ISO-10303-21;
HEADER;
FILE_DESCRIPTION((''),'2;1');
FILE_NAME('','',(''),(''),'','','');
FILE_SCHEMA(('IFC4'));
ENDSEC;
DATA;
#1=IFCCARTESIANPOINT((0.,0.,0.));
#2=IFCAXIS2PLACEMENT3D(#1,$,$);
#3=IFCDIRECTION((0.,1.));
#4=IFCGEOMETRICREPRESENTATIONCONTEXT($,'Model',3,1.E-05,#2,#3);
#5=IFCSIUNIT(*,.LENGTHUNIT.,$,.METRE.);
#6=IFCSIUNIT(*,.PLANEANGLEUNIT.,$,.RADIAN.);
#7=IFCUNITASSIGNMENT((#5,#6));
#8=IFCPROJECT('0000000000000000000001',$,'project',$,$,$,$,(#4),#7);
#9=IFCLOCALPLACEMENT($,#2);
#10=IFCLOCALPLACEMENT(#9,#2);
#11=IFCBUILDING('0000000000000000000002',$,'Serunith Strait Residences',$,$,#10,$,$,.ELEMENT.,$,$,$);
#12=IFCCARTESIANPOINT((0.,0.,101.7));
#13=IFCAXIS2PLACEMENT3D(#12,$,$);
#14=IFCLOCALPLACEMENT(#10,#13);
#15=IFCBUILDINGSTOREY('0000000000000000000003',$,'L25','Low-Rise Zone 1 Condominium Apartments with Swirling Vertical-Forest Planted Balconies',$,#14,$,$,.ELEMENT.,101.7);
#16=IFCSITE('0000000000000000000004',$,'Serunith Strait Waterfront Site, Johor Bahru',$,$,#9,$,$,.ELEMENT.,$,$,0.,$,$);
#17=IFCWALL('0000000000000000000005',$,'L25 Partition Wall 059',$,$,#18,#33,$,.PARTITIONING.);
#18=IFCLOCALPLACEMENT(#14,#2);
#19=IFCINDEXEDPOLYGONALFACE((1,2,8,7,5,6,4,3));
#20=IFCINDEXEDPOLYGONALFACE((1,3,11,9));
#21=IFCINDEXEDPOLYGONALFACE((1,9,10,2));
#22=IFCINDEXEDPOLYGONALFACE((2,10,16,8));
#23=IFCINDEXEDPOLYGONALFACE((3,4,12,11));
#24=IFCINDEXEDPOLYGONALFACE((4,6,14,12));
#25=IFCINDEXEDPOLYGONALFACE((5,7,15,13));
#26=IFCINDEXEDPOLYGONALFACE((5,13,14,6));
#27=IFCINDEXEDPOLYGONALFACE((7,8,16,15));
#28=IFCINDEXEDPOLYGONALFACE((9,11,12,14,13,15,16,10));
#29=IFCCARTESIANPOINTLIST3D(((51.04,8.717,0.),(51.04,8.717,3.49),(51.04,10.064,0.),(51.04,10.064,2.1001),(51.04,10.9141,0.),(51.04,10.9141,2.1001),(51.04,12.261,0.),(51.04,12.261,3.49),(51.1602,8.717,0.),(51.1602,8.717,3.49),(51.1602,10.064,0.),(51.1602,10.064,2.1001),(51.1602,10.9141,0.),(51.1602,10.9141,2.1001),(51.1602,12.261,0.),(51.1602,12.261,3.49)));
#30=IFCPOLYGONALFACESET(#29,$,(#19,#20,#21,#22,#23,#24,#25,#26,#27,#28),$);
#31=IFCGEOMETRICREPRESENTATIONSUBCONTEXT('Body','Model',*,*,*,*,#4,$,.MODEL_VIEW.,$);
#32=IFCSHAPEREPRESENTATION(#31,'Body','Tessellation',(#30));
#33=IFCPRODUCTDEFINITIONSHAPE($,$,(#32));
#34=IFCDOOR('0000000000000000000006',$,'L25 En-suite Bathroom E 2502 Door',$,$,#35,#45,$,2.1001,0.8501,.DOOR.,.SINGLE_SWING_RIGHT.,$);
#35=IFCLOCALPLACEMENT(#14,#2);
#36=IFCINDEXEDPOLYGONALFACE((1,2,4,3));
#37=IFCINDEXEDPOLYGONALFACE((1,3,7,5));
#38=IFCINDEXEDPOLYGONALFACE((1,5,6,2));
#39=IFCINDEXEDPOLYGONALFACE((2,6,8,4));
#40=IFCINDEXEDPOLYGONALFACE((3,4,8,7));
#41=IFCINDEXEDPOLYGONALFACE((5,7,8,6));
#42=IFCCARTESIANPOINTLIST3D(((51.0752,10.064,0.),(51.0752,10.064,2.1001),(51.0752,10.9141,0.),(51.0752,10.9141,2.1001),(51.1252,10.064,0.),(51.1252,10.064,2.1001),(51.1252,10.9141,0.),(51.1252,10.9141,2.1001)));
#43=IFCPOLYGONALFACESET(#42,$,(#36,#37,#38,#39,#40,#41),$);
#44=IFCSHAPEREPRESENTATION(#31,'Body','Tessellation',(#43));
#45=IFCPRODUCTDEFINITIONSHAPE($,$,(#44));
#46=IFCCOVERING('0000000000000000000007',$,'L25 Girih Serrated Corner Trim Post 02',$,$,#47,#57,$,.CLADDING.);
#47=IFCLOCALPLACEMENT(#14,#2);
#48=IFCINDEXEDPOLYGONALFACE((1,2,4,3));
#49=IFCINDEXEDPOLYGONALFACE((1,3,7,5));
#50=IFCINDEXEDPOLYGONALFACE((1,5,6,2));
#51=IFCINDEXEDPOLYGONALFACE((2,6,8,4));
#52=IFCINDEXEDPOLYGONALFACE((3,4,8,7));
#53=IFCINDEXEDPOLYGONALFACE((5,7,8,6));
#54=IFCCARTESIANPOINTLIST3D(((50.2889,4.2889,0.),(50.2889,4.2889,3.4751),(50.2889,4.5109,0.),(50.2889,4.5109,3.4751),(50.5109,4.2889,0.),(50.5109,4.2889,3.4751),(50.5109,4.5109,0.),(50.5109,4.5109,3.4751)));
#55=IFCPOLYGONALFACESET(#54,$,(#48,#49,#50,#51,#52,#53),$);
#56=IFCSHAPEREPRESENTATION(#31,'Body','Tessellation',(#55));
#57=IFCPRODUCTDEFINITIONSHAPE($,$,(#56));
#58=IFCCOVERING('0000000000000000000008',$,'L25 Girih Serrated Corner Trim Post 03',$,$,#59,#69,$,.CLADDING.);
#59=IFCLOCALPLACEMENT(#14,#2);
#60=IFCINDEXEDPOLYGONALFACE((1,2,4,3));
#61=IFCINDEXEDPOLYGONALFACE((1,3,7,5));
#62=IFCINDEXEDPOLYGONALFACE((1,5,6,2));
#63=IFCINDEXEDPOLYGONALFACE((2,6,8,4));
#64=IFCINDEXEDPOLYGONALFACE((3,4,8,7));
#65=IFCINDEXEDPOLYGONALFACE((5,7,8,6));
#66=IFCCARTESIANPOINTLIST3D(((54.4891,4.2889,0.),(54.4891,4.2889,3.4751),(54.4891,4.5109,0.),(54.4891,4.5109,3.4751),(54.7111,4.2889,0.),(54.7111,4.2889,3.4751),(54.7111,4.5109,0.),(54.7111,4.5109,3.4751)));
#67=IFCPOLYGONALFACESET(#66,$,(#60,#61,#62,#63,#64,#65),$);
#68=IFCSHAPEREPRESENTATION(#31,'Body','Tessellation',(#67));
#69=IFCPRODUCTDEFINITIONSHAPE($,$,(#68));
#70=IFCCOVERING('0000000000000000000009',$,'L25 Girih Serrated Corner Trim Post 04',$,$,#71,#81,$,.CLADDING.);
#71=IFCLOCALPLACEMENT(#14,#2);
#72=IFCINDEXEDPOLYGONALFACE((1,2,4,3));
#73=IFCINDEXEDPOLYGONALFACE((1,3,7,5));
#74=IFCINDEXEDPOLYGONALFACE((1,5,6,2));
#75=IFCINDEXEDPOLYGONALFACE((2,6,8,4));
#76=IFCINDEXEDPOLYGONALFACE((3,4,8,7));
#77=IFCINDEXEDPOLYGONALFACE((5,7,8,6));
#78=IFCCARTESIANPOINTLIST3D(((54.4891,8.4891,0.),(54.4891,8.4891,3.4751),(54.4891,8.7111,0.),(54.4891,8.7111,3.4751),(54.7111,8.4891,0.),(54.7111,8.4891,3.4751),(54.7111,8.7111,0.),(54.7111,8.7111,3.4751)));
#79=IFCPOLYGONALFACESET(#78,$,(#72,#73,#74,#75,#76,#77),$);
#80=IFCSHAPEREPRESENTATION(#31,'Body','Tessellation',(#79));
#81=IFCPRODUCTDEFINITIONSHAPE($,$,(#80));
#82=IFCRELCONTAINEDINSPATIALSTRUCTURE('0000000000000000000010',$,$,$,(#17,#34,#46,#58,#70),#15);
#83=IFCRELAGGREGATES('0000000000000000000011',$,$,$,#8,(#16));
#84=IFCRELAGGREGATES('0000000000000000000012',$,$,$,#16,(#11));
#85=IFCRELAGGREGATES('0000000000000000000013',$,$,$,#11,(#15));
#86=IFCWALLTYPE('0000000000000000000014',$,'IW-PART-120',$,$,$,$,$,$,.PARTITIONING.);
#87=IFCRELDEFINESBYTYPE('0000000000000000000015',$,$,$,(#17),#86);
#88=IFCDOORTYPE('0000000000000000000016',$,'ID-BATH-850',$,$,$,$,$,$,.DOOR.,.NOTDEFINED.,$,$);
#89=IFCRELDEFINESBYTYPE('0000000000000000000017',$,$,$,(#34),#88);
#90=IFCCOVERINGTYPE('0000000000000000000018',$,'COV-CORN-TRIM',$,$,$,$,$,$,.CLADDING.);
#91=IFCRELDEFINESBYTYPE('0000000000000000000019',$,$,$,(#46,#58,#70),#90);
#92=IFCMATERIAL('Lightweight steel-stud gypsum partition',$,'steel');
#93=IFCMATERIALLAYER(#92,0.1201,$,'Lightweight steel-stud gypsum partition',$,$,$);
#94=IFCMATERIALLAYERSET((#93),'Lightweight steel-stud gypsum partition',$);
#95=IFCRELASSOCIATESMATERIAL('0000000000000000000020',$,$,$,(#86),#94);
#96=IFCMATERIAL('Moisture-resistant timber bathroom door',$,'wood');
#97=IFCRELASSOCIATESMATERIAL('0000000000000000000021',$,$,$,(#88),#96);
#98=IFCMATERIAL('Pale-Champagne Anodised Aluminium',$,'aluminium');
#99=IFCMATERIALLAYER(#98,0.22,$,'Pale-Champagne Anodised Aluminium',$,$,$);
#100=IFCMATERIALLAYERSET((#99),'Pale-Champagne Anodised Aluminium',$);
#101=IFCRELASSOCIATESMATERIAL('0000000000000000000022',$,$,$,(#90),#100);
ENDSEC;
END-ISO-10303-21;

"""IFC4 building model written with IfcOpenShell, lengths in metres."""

from ifc_helpers import new_model, si_unit, direction, frame, frame_2d, origin, origin_2d, place, context, subcontext, project, spatial, rectangle, extrude, source, transform, mapped, material, layer, layer_set, type_object, element, fill, save


model = new_model("IFC4")

# Units and contexts
model_context = context("Model", 3, precision=1e-05, world=origin(), true_north=direction((0.0, 1.0)))
body_context = subcontext(model_context, "Body", "Model", "MODEL_VIEW")
ifc_project = project(units=[si_unit("LENGTHUNIT", "METRE"), si_unit("PLANEANGLEUNIT", "RADIAN")], contexts=[model_context])

# Site, building, storey
site_placement = place(None, origin())
site = spatial("IfcSite", under=ifc_project, at=site_placement, Name="Serunith Strait Waterfront Site, Johor Bahru", CompositionType="ELEMENT", RefElevation=0.0)
building_placement = place(site_placement, origin())
building = spatial("IfcBuilding", under=site, at=building_placement, Name="Serunith Strait Residences", CompositionType="ELEMENT")
storey_placement = place(building_placement, frame((0.0, 0.0, 101.7)))
storey = spatial("IfcBuildingStorey", under=building, at=storey_placement, Name="L25", Description="Low-Rise Zone 1 Condominium Apartments with Swirling Vertical-Forest Planted Balconies", CompositionType="ELEMENT", Elevation=101.7)

# Shared definitions
ifc_material_1 = material(Name="Pale-Champagne Anodised Aluminium", Category="aluminium")

# Shared definitions
ifc_material_2 = material(Name="Lightweight steel-stud gypsum partition", Category="steel")
ifc_layer_1 = layer(ifc_material_2, 0.1201, Name="Lightweight steel-stud gypsum partition")
ifc_layer_set_1 = layer_set([ifc_layer_1], Name="Lightweight steel-stud gypsum partition")
wall_type_1 = type_object("IfcWallType", Name="IW-PART-120", PredefinedType="PARTITIONING", material=ifc_layer_set_1)

# Wall, opening, door
wall_1_placement = place(storey_placement, frame((51.1001, 8.717, 0.0), z_axis=(0.0, 0.0, 1.0), x_axis=(0.0, 1.0, 0.0)))
wall_1 = element("IfcWall", 1, at=wall_1_placement, inside=storey, type_object=wall_type_1, Name="L25 Partition Wall 059", PredefinedType="PARTITIONING", context=body_context, shape_type="SweptSolid", body=[
    extrude(rectangle(XDim=3.5439, YDim=0.1201, at=frame_2d((1.772, 0.0))), origin(), (0.0, 0.0, 1.0), 3.49),
])
opening_1_placement = place(wall_1_placement, frame((1.3469, 0.0, 0.0)))
opening_1 = element("IfcOpeningElement", 2, at=opening_1_placement, cuts=wall_1, PredefinedType="OPENING", context=body_context, shape_type="SweptSolid", body=[
    extrude(rectangle(XDim=0.8501, YDim=2.1001, at=frame_2d((0.425, 1.05))), frame((0.0, 0.0701, 0.0), z_axis=(0.0, -1.0, 0.0), x_axis=(1.0, 0.0, 0.0)), (0.0, 0.0, 1.0), 0.1401),
])
ifc_material_3 = material(Name="Moisture-resistant timber bathroom door", Category="wood")
door_type = type_object("IfcDoorType", Name="ID-BATH-850", OperationType="NOTDEFINED", PredefinedType="DOOR", material=ifc_material_3)
shared_shape_1 = source(origin(), body_context, "Body", "SweptSolid", [
    extrude(rectangle(XDim=0.8501, YDim=2.1001, at=frame_2d((0.425, 1.05))), frame((0.0, 0.0249, 0.0), z_axis=(0.0, -1.0, 0.0), x_axis=(1.0, 0.0, 0.0)), (0.0, 0.0, 1.0), 0.05),
])
door_placement = place(opening_1_placement, origin())
door = element("IfcDoor", 3, at=door_placement, inside=storey, type_object=door_type, Name="L25 En-suite Bathroom E 2502 Door", OperationType="SINGLE_SWING_RIGHT", OverallHeight=2.1001, OverallWidth=0.8501, PredefinedType="DOOR", context=body_context, shape_type="MappedRepresentation", body=[
    mapped(shared_shape_1, transform((0.0, 0.0, 0.0), scale=1.0)),
])
fill(opening_1, door)

# Coverings
ifc_layer_2 = layer(ifc_material_1, 0.22, Name="Pale-Champagne Anodised Aluminium")
ifc_layer_set_2 = layer_set([ifc_layer_2], Name="Pale-Champagne Anodised Aluminium")
covering_type = type_object("IfcCoveringType", Name="COV-CORN-TRIM", PredefinedType="CLADDING", material=ifc_layer_set_2)
shared_shape_2 = source(origin(), body_context, "Body", "SweptSolid", [
    extrude(rectangle(XDim=0.2219, YDim=0.2219, at=origin_2d()), origin(), (0.0, 0.0, 1.0), 3.4751),
])
for number, where, z_axis, x_axis, name in (
    (4, (50.3999, 4.3999, 0.0), (0.0, 0.0, 1.0), (1.0, 0.0, 0.0), "L25 Girih Serrated Corner Trim Post 02"),
    (5, (54.6001, 4.3999, 0.0), (0.0, 0.0, 1.0), (1.0, 0.0, 0.0), "L25 Girih Serrated Corner Trim Post 03"),
    (6, (54.6001, 8.6001, 0.0), (0.0, 0.0, 1.0), (1.0, 0.0, 0.0), "L25 Girih Serrated Corner Trim Post 04"),
):
    element("IfcCovering", number, at=place(storey_placement, frame(where, z_axis=z_axis, x_axis=x_axis)), inside=storey, type_object=covering_type, Name=name, PredefinedType="CLADDING", context=body_context, shape_type="MappedRepresentation", body=[
        mapped(shared_shape_2, transform((0.0, 0.0, 0.0), scale=1.0)),
    ])

save(model, "model.ifc")
